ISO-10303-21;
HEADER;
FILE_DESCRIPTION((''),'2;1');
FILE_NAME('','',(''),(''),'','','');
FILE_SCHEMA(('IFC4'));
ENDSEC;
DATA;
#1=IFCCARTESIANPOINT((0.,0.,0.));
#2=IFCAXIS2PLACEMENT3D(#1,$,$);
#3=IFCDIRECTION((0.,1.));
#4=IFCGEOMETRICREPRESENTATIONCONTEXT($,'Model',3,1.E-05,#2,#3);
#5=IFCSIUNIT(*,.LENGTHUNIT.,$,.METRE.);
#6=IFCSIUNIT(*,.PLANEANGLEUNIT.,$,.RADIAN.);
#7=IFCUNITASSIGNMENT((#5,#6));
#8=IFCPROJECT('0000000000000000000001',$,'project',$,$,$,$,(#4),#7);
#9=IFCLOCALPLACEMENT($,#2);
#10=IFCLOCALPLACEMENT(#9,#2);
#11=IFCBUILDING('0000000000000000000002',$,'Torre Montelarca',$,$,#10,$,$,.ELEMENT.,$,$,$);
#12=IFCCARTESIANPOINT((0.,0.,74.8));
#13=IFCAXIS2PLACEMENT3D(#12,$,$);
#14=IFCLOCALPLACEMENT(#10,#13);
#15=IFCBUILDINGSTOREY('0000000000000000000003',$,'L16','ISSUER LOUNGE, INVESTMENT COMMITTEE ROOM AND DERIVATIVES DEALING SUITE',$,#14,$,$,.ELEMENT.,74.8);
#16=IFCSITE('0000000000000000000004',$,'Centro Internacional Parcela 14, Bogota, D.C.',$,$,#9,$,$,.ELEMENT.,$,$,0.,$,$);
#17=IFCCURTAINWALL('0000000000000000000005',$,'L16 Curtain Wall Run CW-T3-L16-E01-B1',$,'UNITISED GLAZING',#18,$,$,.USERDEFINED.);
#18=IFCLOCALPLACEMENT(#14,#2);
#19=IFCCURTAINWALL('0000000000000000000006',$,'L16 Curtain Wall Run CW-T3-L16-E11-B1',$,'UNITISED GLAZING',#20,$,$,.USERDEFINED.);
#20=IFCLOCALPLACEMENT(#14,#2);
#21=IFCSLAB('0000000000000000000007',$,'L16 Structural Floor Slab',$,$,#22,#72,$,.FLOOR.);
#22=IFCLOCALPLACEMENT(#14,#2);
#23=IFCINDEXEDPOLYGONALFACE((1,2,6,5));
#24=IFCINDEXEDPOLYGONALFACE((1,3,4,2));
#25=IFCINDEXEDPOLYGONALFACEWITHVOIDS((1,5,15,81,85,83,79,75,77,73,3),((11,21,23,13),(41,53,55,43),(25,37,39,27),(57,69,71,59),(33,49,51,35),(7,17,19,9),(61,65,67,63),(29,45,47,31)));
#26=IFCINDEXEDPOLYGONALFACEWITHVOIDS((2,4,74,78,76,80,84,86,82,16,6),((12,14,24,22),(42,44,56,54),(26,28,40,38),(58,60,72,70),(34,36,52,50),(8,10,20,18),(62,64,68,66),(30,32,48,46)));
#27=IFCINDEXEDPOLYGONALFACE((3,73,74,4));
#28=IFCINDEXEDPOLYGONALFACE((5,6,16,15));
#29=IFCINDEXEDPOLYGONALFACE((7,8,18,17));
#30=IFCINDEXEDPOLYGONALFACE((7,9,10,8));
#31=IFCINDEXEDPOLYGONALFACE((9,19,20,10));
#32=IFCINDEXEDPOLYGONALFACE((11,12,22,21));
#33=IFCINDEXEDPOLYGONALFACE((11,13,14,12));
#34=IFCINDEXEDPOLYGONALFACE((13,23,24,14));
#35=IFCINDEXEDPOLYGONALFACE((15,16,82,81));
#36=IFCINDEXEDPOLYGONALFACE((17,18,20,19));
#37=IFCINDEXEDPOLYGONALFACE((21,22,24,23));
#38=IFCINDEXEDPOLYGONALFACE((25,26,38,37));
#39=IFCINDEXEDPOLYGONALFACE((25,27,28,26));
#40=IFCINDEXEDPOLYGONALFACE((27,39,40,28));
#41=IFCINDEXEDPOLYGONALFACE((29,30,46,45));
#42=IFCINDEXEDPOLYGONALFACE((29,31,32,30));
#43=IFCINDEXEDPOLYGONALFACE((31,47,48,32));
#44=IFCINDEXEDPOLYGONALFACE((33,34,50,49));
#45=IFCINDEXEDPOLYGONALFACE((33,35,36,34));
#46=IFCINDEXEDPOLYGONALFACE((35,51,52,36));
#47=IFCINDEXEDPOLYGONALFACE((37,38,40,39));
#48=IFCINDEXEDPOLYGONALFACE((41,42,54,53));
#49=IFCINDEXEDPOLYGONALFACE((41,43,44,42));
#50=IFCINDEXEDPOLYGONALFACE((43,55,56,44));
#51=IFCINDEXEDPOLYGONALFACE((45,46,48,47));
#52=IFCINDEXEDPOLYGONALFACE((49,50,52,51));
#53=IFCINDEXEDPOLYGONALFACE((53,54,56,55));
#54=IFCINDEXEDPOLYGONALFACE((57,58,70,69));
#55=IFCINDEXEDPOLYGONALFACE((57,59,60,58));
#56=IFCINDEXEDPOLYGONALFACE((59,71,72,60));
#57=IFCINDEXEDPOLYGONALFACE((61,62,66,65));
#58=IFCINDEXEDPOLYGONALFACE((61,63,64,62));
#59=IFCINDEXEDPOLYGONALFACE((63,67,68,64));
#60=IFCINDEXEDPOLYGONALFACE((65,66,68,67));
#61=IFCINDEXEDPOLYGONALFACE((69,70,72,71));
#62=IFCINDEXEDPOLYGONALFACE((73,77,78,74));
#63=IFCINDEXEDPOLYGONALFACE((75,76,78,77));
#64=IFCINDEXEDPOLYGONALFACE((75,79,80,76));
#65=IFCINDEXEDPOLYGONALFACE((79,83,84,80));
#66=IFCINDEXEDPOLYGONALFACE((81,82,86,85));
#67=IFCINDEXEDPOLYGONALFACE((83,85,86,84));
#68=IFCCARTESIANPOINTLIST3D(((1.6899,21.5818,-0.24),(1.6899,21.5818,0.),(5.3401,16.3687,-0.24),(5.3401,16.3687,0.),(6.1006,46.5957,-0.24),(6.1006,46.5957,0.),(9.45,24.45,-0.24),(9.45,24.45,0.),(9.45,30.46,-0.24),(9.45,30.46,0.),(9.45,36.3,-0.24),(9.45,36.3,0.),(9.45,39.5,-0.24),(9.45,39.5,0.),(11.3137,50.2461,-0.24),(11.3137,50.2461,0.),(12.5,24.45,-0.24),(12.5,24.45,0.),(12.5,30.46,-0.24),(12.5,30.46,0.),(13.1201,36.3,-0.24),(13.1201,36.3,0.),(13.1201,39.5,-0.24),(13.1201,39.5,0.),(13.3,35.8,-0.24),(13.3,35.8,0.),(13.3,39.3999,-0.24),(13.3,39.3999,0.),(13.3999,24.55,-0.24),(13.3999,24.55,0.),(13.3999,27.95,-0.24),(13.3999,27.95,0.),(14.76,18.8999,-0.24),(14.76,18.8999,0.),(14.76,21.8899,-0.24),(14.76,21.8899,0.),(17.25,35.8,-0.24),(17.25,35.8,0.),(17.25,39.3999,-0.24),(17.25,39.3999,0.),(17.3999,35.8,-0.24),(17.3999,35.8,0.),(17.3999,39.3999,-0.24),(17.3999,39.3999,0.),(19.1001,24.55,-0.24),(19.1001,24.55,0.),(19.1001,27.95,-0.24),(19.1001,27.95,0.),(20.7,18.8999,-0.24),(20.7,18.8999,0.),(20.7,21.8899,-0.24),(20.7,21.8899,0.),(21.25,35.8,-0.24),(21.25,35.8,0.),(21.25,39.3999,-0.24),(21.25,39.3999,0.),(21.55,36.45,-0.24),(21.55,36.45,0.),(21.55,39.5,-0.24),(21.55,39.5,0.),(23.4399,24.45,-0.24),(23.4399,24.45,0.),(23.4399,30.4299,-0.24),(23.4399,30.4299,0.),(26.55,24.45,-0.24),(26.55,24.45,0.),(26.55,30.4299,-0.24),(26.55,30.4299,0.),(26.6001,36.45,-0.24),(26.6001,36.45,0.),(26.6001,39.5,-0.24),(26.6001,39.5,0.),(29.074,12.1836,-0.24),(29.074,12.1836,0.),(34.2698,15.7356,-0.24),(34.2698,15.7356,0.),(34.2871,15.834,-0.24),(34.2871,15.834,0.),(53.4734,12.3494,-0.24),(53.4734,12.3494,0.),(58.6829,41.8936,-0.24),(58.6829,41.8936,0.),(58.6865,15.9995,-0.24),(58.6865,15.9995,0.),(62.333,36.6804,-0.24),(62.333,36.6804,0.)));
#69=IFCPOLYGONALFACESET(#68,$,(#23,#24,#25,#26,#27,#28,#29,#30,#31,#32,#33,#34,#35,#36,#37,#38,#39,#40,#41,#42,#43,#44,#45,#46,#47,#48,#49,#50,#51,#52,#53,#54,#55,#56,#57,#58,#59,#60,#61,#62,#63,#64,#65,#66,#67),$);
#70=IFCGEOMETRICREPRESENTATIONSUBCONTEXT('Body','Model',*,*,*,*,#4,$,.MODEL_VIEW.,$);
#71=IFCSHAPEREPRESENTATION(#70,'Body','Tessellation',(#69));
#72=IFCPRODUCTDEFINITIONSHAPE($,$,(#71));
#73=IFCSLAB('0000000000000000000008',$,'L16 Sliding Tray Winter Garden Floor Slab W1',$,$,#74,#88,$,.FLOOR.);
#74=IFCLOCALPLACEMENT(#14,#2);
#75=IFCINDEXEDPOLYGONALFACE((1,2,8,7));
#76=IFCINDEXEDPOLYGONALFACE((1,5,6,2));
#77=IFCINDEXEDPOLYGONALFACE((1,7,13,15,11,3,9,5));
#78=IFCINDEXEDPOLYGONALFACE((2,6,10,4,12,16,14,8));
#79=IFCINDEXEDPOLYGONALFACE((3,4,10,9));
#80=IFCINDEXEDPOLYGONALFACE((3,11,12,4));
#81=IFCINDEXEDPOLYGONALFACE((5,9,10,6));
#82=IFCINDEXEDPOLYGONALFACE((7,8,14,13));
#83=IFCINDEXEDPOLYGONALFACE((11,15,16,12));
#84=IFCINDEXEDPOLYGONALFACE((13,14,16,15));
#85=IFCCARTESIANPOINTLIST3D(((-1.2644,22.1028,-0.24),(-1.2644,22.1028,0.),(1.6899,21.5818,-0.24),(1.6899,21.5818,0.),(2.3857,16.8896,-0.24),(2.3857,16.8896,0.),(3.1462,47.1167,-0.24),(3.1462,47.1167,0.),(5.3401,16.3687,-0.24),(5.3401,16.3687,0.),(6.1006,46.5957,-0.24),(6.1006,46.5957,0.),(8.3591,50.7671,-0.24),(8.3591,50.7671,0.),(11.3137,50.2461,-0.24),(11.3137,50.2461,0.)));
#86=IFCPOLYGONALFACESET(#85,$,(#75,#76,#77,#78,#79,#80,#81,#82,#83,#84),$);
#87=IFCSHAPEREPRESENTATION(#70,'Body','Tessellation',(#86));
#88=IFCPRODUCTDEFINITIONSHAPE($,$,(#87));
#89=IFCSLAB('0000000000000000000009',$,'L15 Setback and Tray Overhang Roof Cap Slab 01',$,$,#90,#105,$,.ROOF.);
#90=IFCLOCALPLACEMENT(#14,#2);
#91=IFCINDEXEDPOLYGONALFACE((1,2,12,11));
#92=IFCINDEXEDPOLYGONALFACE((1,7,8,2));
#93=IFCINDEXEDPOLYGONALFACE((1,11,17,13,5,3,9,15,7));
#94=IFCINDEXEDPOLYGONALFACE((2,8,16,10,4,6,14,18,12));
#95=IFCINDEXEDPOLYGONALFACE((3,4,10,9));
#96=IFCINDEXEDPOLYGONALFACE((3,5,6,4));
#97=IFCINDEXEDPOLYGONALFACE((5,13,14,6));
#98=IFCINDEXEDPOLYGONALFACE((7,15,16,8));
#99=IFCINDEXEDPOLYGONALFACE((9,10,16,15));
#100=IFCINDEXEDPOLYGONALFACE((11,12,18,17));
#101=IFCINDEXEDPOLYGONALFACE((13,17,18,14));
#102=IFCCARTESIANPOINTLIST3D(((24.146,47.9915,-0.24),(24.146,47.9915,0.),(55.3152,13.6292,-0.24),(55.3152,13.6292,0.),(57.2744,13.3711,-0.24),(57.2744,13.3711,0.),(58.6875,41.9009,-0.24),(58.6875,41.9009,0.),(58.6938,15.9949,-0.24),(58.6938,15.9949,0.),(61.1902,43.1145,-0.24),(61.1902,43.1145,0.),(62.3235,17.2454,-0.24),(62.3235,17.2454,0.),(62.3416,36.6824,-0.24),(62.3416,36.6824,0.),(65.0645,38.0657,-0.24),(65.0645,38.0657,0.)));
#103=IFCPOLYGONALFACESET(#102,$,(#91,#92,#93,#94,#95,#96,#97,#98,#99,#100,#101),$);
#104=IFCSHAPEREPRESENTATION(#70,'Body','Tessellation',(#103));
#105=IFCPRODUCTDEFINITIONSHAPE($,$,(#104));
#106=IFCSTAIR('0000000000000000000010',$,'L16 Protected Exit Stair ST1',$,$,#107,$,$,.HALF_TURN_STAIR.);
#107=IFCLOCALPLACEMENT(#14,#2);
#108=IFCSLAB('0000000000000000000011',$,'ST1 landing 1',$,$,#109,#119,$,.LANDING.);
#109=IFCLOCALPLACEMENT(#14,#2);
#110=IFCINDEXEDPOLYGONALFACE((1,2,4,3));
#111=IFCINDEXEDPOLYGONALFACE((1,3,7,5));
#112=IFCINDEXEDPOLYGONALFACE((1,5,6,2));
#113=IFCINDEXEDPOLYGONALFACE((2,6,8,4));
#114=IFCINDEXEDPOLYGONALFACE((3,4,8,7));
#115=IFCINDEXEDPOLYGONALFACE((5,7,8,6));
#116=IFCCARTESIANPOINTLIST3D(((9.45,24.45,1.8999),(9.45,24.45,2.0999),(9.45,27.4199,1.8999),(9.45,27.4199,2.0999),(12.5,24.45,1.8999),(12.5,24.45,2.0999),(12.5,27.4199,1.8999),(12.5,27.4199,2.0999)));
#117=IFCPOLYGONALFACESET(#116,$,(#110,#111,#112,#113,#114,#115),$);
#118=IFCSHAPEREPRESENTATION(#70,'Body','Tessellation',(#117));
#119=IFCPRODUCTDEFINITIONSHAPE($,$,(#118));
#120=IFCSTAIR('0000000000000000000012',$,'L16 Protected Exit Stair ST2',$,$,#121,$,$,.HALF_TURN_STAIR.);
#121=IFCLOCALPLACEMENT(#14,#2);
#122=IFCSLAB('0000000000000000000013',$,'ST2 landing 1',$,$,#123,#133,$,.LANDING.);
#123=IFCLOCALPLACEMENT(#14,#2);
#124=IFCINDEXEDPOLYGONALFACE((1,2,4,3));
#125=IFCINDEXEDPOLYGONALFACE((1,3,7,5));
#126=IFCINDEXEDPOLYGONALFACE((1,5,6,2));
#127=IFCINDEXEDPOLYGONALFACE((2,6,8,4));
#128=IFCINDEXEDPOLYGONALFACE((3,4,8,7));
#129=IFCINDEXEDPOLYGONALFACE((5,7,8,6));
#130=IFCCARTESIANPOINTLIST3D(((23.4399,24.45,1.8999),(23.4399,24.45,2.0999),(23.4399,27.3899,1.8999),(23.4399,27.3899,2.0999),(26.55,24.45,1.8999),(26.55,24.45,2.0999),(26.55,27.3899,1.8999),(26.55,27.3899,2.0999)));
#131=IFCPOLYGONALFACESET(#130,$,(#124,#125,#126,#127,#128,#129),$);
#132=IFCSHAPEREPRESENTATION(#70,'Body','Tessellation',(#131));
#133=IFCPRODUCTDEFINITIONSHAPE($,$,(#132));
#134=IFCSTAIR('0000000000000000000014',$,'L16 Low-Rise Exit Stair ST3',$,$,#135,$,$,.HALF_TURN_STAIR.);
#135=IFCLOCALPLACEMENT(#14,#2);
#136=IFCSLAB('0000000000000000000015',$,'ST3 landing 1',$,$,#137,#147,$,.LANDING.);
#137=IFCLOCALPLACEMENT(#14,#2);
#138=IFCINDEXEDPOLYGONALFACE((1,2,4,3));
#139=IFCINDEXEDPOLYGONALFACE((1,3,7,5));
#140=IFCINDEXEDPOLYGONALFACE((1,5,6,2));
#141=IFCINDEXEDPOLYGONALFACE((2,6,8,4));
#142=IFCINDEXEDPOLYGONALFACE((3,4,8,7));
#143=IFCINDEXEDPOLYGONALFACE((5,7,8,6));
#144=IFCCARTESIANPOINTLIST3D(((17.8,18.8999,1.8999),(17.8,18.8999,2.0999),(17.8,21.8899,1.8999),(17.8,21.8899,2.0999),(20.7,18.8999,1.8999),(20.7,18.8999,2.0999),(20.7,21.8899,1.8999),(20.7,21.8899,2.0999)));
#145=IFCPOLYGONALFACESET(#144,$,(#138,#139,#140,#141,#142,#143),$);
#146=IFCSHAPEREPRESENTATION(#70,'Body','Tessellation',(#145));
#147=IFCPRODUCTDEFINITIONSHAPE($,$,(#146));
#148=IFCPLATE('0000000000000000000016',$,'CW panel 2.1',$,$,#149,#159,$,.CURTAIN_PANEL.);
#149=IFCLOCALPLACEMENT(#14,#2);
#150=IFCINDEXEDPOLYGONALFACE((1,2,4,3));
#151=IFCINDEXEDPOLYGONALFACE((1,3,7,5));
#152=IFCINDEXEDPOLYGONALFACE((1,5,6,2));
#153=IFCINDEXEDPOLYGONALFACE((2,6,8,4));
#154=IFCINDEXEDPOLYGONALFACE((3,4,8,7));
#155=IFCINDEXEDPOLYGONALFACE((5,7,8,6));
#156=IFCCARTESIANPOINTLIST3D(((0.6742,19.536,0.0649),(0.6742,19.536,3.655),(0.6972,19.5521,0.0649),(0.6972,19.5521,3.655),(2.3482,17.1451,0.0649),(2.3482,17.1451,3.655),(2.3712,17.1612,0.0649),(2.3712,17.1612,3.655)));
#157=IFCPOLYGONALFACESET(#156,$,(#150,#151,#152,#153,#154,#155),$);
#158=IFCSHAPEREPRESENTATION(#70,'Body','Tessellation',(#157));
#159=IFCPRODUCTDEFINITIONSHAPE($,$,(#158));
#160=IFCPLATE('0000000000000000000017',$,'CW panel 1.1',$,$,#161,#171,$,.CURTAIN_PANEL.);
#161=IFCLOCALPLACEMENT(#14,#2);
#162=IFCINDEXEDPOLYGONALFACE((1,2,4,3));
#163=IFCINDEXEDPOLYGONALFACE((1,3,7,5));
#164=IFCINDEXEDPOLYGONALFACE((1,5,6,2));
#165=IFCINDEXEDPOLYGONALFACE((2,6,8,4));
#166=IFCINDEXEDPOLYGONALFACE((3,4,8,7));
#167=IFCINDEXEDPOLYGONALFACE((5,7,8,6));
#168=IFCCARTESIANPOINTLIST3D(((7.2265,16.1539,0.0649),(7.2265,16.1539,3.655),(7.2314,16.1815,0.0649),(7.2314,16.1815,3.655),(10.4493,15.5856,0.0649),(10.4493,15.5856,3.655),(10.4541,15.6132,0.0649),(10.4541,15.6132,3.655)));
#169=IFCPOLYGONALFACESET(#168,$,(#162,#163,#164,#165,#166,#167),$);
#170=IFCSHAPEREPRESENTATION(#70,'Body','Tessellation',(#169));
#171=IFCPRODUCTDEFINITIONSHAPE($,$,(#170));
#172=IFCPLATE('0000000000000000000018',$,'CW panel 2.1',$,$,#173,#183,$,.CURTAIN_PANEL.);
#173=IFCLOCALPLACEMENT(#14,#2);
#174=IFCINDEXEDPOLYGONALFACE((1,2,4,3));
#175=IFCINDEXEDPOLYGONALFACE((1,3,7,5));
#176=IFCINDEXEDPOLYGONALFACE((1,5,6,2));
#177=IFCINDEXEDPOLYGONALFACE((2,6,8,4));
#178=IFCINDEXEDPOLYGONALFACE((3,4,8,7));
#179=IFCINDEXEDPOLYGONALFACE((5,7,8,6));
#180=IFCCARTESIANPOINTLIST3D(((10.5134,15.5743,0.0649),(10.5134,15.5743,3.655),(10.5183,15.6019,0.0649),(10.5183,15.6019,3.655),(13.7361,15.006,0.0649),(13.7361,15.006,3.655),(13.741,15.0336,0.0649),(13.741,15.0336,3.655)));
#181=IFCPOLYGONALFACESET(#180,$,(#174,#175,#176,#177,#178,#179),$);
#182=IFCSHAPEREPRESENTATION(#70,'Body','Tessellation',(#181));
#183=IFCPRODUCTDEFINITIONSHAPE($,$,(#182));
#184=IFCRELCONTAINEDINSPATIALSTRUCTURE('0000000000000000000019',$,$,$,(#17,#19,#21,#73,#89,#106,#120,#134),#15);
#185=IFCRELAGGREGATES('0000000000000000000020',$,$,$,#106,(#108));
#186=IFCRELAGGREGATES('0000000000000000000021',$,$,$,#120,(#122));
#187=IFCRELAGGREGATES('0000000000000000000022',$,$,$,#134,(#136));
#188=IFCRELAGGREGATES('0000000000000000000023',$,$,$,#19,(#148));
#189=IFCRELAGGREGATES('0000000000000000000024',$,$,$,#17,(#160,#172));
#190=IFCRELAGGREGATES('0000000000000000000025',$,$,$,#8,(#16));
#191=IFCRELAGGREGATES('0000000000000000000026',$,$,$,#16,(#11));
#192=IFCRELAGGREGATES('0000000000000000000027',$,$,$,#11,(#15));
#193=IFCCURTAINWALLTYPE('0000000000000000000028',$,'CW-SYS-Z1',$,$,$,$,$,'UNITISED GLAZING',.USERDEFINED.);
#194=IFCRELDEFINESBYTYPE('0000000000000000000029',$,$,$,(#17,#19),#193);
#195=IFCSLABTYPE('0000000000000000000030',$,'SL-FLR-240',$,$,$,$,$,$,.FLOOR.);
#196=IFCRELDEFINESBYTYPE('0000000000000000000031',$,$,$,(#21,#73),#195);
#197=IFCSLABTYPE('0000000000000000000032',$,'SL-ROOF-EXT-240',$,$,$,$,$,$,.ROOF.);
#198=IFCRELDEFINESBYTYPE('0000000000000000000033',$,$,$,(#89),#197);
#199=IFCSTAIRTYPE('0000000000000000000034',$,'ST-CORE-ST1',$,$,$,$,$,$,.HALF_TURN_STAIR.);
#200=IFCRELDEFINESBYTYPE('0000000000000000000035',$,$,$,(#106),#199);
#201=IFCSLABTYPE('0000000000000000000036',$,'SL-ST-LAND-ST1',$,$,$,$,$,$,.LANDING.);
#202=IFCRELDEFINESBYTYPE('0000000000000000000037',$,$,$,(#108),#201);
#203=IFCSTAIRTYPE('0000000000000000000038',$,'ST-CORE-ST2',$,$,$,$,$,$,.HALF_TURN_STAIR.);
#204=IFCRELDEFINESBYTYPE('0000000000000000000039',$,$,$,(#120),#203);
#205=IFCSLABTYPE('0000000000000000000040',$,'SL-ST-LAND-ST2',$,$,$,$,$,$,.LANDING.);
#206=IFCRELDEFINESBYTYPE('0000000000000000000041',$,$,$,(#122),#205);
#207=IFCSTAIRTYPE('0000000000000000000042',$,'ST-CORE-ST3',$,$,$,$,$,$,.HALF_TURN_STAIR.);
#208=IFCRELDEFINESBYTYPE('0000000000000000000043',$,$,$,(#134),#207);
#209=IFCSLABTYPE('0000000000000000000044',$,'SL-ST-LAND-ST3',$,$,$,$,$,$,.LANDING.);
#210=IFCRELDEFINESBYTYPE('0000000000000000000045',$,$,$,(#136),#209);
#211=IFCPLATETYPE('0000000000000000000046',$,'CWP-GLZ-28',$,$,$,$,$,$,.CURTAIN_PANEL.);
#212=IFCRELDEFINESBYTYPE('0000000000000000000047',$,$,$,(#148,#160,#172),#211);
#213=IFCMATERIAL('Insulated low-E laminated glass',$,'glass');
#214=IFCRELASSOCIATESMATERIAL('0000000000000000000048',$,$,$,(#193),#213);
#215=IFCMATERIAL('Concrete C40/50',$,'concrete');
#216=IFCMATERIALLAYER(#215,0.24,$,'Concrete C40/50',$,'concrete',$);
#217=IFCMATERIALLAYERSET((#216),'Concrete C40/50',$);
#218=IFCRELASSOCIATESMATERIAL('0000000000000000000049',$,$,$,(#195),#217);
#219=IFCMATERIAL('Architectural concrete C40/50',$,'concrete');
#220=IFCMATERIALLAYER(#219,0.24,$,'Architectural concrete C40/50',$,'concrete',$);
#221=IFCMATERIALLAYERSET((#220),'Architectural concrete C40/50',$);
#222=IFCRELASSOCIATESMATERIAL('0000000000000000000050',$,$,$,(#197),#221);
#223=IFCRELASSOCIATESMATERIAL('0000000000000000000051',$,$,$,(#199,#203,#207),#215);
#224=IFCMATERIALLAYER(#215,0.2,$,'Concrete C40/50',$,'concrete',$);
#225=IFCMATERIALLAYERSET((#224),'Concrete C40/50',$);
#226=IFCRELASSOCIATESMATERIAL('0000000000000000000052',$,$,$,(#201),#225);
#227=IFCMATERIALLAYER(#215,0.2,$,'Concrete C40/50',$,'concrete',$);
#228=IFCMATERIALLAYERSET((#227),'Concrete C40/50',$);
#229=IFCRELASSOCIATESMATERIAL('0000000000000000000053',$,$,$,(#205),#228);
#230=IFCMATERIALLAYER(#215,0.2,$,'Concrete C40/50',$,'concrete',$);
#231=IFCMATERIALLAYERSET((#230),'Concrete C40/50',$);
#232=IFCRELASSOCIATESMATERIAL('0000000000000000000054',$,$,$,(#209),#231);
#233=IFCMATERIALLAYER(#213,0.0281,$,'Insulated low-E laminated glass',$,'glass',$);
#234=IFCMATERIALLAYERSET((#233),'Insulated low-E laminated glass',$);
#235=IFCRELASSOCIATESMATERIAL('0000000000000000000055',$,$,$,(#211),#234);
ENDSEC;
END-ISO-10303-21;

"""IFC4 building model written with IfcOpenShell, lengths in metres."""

from ifc_helpers import new_model, si_unit, direction, frame, origin, origin_2d, place, context, subcontext, project, spatial, polyline, rectangle, outline, extrude, source, transform, mapped, material, layer, layer_set, type_object, element, aggregate, save


model = new_model("IFC4")

# Units and contexts
model_context = context("Model", 3, precision=1e-05, world=origin(), true_north=direction((0.0, 1.0)))
body_context = subcontext(model_context, "Body", "Model", "MODEL_VIEW")
ifc_project = project(units=[si_unit("LENGTHUNIT", "METRE"), si_unit("PLANEANGLEUNIT", "RADIAN")], contexts=[model_context])

# Site, building, storey
site_placement = place(None, origin())
site = spatial("IfcSite", under=ifc_project, at=site_placement, Name="Centro Internacional Parcela 14, Bogota, D.C.", CompositionType="ELEMENT", RefElevation=0.0)
building_placement = place(site_placement, origin())
building = spatial("IfcBuilding", under=site, at=building_placement, Name="Torre Montelarca", CompositionType="ELEMENT")
storey_placement = place(building_placement, frame((0.0, 0.0, 74.8)))
storey = spatial("IfcBuildingStorey", under=building, at=storey_placement, Name="L16", Description="ISSUER LOUNGE, INVESTMENT COMMITTEE ROOM AND DERIVATIVES DEALING SUITE", CompositionType="ELEMENT", Elevation=74.8)

# Curtain wall
ifc_material_1 = material(Name="Insulated low-E laminated glass", Category="glass")
curtain_wall_type = type_object("IfcCurtainWallType", Name="CW-SYS-Z1", ElementType="UNITISED GLAZING", PredefinedType="USERDEFINED", material=ifc_material_1)
curtain_wall_1_placement = place(storey_placement, origin())
curtain_wall_1 = element("IfcCurtainWall", 1, at=curtain_wall_1_placement, inside=storey, type_object=curtain_wall_type, Name="L16 Curtain Wall Run CW-T3-L16-E01-B1", ObjectType="UNITISED GLAZING", PredefinedType="USERDEFINED")

# Curtain wall
curtain_wall_2_placement = place(storey_placement, origin())
curtain_wall_2 = element("IfcCurtainWall", 2, at=curtain_wall_2_placement, inside=storey, type_object=curtain_wall_type, Name="L16 Curtain Wall Run CW-T3-L16-E11-B1", ObjectType="UNITISED GLAZING", PredefinedType="USERDEFINED")

# Slabs
ifc_material_2 = material(Name="Concrete C40/50", Category="concrete")
ifc_layer_1 = layer(ifc_material_2, 0.24, Name="Concrete C40/50", Category="concrete")
ifc_layer_set_1 = layer_set([ifc_layer_1], Name="Concrete C40/50")
slab_type_1 = type_object("IfcSlabType", Name="SL-FLR-240", PredefinedType="FLOOR", material=ifc_layer_set_1)
slab_1_placement = place(storey_placement, frame((0.0, 0.0, -0.24)))
element("IfcSlab", 3, at=slab_1_placement, inside=storey, type_object=slab_type_1, Name="L16 Structural Floor Slab", PredefinedType="FLOOR", context=body_context, shape_type="SweptSolid", body=[
    extrude(outline(polyline([(29.074, 12.1836), (34.2871, 15.834), (34.2698, 15.7356), (53.4734, 12.3494), (58.6865, 15.9995), (62.333, 36.6804), (58.6829, 41.8936), (11.3137, 50.2461), (6.1006, 46.5957), (1.6899, 21.5818), (5.3401, 16.3687), (29.074, 12.1836)]), holes=[polyline([(20.7, 18.8999), (14.76, 18.8999), (14.76, 21.8899), (20.7, 21.8899), (20.7, 18.8999)]), polyline([(19.1001, 24.55), (13.3999, 24.55), (13.3999, 27.95), (19.1001, 27.95), (19.1001, 24.55)]), polyline([(23.4399, 24.45), (23.4399, 30.4299), (26.55, 30.4299), (26.55, 24.45), (23.4399, 24.45)]), polyline([(9.45, 24.45), (9.45, 30.46), (12.5, 30.46), (12.5, 24.45), (9.45, 24.45)]), polyline([(17.25, 35.8), (13.3, 35.8), (13.3, 39.3999), (17.25, 39.3999), (17.25, 35.8)]), polyline([(21.25, 35.8), (17.3999, 35.8), (17.3999, 39.3999), (21.25, 39.3999), (21.25, 35.8)]), polyline([(13.1201, 36.3), (9.45, 36.3), (9.45, 39.5), (13.1201, 39.5), (13.1201, 36.3)]), polyline([(26.6001, 36.45), (21.55, 36.45), (21.55, 39.5), (26.6001, 39.5), (26.6001, 36.45)])]), origin(), (0.0, 0.0, 1.0), 0.24),
])
slab_2_placement = place(storey_placement, frame((0.0, 0.0, -0.24)))
element("IfcSlab", 4, at=slab_2_placement, inside=storey, type_object=slab_type_1, Name="L16 Sliding Tray Winter Garden Floor Slab W1", PredefinedType="FLOOR", context=body_context, shape_type="SweptSolid", body=[
    extrude(outline(polyline([(5.3401, 16.3687), (1.6899, 21.5818), (6.1006, 46.5957), (11.3137, 50.2461), (8.3591, 50.7671), (3.1462, 47.1167), (-1.2644, 22.1028), (2.3857, 16.8896), (5.3401, 16.3687)])), origin(), (0.0, 0.0, 1.0), 0.24),
])
ifc_material_3 = material(Name="Architectural concrete C40/50", Category="concrete")
ifc_layer_2 = layer(ifc_material_3, 0.24, Name="Architectural concrete C40/50", Category="concrete")
ifc_layer_set_2 = layer_set([ifc_layer_2], Name="Architectural concrete C40/50")
slab_type_2 = type_object("IfcSlabType", Name="SL-ROOF-EXT-240", PredefinedType="ROOF", material=ifc_layer_set_2)
slab_3_placement = place(storey_placement, frame((0.0, 0.0, -0.24)))
element("IfcSlab", 5, at=slab_3_placement, inside=storey, type_object=slab_type_2, Name="L15 Setback and Tray Overhang Roof Cap Slab 01", PredefinedType="ROOF", context=body_context, shape_type="SweptSolid", body=[
    extrude(outline(polyline([(58.6875, 41.9009), (62.3416, 36.6824), (58.6938, 15.9949), (55.3152, 13.6292), (57.2744, 13.3711), (62.3235, 17.2454), (65.0645, 38.0657), (61.1902, 43.1145), (24.146, 47.9915), (58.6875, 41.9009)])), origin(), (0.0, 0.0, 1.0), 0.24),
])

# Stairs, slabs
stair_type_1 = type_object("IfcStairType", Name="ST-CORE-ST1", PredefinedType="HALF_TURN_STAIR", material=ifc_material_2)
stair_1_placement = place(storey_placement, origin())
stair_1 = element("IfcStair", 6, at=stair_1_placement, inside=storey, type_object=stair_type_1, Name="L16 Protected Exit Stair ST1", PredefinedType="HALF_TURN_STAIR")
ifc_layer_3 = layer(ifc_material_2, 0.2, Name="Concrete C40/50", Category="concrete")
ifc_layer_set_3 = layer_set([ifc_layer_3], Name="Concrete C40/50")
slab_type_3 = type_object("IfcSlabType", Name="SL-ST-LAND-ST1", PredefinedType="LANDING", material=ifc_layer_set_3)
slab_4_placement = place(storey_placement, frame((0.0, 0.0, 1.8999)))
slab_4 = element("IfcSlab", 7, at=slab_4_placement, type_object=slab_type_3, Name="ST1 landing 1", PredefinedType="LANDING", context=body_context, shape_type="SweptSolid", body=[
    extrude(outline(polyline([(9.45, 27.4199), (9.45, 24.45), (12.5, 24.45), (12.5, 27.4199), (9.45, 27.4199)])), origin(), (0.0, 0.0, 1.0), 0.2),
])
aggregate(stair_1, [slab_4])
stair_type_2 = type_object("IfcStairType", Name="ST-CORE-ST2", PredefinedType="HALF_TURN_STAIR", material=ifc_material_2)
stair_2_placement = place(storey_placement, origin())
stair_2 = element("IfcStair", 8, at=stair_2_placement, inside=storey, type_object=stair_type_2, Name="L16 Protected Exit Stair ST2", PredefinedType="HALF_TURN_STAIR")
ifc_layer_4 = layer(ifc_material_2, 0.2, Name="Concrete C40/50", Category="concrete")
ifc_layer_set_4 = layer_set([ifc_layer_4], Name="Concrete C40/50")
slab_type_4 = type_object("IfcSlabType", Name="SL-ST-LAND-ST2", PredefinedType="LANDING", material=ifc_layer_set_4)
slab_5_placement = place(storey_placement, frame((0.0, 0.0, 1.8999)))
slab_5 = element("IfcSlab", 9, at=slab_5_placement, type_object=slab_type_4, Name="ST2 landing 1", PredefinedType="LANDING", context=body_context, shape_type="SweptSolid", body=[
    extrude(outline(polyline([(23.4399, 27.3899), (23.4399, 24.45), (26.55, 24.45), (26.55, 27.3899), (23.4399, 27.3899)])), origin(), (0.0, 0.0, 1.0), 0.2),
])
aggregate(stair_2, [slab_5])
stair_type_3 = type_object("IfcStairType", Name="ST-CORE-ST3", PredefinedType="HALF_TURN_STAIR", material=ifc_material_2)
stair_3_placement = place(storey_placement, origin())
stair_3 = element("IfcStair", 10, at=stair_3_placement, inside=storey, type_object=stair_type_3, Name="L16 Low-Rise Exit Stair ST3", PredefinedType="HALF_TURN_STAIR")
ifc_layer_5 = layer(ifc_material_2, 0.2, Name="Concrete C40/50", Category="concrete")
ifc_layer_set_5 = layer_set([ifc_layer_5], Name="Concrete C40/50")
slab_type_5 = type_object("IfcSlabType", Name="SL-ST-LAND-ST3", PredefinedType="LANDING", material=ifc_layer_set_5)
slab_6_placement = place(storey_placement, frame((0.0, 0.0, 1.8999)))
slab_6 = element("IfcSlab", 11, at=slab_6_placement, type_object=slab_type_5, Name="ST3 landing 1", PredefinedType="LANDING", context=body_context, shape_type="SweptSolid", body=[
    extrude(outline(polyline([(17.8, 18.8999), (20.7, 18.8999), (20.7, 21.8899), (17.8, 21.8899), (17.8, 18.8999)])), origin(), (0.0, 0.0, 1.0), 0.2),
])
aggregate(stair_3, [slab_6])

# Plates
ifc_layer_6 = layer(ifc_material_1, 0.0281, Name="Insulated low-E laminated glass", Category="glass")
ifc_layer_set_6 = layer_set([ifc_layer_6], Name="Insulated low-E laminated glass")
plate_type = type_object("IfcPlateType", Name="CWP-GLZ-28", PredefinedType="CURTAIN_PANEL", material=ifc_layer_set_6)
shared_shape_1 = source(origin(), body_context, "Body", "SweptSolid", [
    extrude(rectangle(XDim=2.9187, YDim=0.0281, at=origin_2d()), origin(), (0.0, 0.0, 1.0), 3.5901),
])
plate_1_placement = place(storey_placement, frame((1.5227, 18.3486, 0.0649), z_axis=(0.0, 0.0, 1.0), x_axis=(0.573546, -0.819174, 0.0)))
plate_1 = element("IfcPlate", 12, at=plate_1_placement, type_object=plate_type, Name="CW panel 2.1", PredefinedType="CURTAIN_PANEL", context=body_context, shape_type="MappedRepresentation", body=[
    mapped(shared_shape_1, transform((0.0, 0.0, 0.0), scale=1.0)),
])
aggregate(curtain_wall_2, [plate_1])
shared_shape_2 = source(origin(), body_context, "Body", "SweptSolid", [
    extrude(rectangle(XDim=3.2725, YDim=0.0281, at=origin_2d()), origin(), (0.0, 0.0, 1.0), 3.5901),
])
plate_2_placement = place(storey_placement, frame((8.8403, 15.8835, 0.0649), z_axis=(0.0, 0.0, 1.0), x_axis=(0.984807, -0.173652, 0.0)))
plate_2 = element("IfcPlate", 13, at=plate_2_placement, type_object=plate_type, Name="CW panel 1.1", PredefinedType="CURTAIN_PANEL", context=body_context, shape_type="MappedRepresentation", body=[
    mapped(shared_shape_2, transform((0.0, 0.0, 0.0), scale=1.0)),
])
plate_3_placement = place(storey_placement, frame((12.1272, 15.304, 0.0649), z_axis=(0.0, 0.0, 1.0), x_axis=(0.984807, -0.173652, 0.0)))
plate_3 = element("IfcPlate", 14, at=plate_3_placement, type_object=plate_type, Name="CW panel 2.1", PredefinedType="CURTAIN_PANEL", context=body_context, shape_type="MappedRepresentation", body=[
    mapped(shared_shape_2, transform((0.0, 0.0, 0.0), scale=1.0)),
])
aggregate(curtain_wall_1, [plate_2, plate_3])

save(model, "model.ifc")
